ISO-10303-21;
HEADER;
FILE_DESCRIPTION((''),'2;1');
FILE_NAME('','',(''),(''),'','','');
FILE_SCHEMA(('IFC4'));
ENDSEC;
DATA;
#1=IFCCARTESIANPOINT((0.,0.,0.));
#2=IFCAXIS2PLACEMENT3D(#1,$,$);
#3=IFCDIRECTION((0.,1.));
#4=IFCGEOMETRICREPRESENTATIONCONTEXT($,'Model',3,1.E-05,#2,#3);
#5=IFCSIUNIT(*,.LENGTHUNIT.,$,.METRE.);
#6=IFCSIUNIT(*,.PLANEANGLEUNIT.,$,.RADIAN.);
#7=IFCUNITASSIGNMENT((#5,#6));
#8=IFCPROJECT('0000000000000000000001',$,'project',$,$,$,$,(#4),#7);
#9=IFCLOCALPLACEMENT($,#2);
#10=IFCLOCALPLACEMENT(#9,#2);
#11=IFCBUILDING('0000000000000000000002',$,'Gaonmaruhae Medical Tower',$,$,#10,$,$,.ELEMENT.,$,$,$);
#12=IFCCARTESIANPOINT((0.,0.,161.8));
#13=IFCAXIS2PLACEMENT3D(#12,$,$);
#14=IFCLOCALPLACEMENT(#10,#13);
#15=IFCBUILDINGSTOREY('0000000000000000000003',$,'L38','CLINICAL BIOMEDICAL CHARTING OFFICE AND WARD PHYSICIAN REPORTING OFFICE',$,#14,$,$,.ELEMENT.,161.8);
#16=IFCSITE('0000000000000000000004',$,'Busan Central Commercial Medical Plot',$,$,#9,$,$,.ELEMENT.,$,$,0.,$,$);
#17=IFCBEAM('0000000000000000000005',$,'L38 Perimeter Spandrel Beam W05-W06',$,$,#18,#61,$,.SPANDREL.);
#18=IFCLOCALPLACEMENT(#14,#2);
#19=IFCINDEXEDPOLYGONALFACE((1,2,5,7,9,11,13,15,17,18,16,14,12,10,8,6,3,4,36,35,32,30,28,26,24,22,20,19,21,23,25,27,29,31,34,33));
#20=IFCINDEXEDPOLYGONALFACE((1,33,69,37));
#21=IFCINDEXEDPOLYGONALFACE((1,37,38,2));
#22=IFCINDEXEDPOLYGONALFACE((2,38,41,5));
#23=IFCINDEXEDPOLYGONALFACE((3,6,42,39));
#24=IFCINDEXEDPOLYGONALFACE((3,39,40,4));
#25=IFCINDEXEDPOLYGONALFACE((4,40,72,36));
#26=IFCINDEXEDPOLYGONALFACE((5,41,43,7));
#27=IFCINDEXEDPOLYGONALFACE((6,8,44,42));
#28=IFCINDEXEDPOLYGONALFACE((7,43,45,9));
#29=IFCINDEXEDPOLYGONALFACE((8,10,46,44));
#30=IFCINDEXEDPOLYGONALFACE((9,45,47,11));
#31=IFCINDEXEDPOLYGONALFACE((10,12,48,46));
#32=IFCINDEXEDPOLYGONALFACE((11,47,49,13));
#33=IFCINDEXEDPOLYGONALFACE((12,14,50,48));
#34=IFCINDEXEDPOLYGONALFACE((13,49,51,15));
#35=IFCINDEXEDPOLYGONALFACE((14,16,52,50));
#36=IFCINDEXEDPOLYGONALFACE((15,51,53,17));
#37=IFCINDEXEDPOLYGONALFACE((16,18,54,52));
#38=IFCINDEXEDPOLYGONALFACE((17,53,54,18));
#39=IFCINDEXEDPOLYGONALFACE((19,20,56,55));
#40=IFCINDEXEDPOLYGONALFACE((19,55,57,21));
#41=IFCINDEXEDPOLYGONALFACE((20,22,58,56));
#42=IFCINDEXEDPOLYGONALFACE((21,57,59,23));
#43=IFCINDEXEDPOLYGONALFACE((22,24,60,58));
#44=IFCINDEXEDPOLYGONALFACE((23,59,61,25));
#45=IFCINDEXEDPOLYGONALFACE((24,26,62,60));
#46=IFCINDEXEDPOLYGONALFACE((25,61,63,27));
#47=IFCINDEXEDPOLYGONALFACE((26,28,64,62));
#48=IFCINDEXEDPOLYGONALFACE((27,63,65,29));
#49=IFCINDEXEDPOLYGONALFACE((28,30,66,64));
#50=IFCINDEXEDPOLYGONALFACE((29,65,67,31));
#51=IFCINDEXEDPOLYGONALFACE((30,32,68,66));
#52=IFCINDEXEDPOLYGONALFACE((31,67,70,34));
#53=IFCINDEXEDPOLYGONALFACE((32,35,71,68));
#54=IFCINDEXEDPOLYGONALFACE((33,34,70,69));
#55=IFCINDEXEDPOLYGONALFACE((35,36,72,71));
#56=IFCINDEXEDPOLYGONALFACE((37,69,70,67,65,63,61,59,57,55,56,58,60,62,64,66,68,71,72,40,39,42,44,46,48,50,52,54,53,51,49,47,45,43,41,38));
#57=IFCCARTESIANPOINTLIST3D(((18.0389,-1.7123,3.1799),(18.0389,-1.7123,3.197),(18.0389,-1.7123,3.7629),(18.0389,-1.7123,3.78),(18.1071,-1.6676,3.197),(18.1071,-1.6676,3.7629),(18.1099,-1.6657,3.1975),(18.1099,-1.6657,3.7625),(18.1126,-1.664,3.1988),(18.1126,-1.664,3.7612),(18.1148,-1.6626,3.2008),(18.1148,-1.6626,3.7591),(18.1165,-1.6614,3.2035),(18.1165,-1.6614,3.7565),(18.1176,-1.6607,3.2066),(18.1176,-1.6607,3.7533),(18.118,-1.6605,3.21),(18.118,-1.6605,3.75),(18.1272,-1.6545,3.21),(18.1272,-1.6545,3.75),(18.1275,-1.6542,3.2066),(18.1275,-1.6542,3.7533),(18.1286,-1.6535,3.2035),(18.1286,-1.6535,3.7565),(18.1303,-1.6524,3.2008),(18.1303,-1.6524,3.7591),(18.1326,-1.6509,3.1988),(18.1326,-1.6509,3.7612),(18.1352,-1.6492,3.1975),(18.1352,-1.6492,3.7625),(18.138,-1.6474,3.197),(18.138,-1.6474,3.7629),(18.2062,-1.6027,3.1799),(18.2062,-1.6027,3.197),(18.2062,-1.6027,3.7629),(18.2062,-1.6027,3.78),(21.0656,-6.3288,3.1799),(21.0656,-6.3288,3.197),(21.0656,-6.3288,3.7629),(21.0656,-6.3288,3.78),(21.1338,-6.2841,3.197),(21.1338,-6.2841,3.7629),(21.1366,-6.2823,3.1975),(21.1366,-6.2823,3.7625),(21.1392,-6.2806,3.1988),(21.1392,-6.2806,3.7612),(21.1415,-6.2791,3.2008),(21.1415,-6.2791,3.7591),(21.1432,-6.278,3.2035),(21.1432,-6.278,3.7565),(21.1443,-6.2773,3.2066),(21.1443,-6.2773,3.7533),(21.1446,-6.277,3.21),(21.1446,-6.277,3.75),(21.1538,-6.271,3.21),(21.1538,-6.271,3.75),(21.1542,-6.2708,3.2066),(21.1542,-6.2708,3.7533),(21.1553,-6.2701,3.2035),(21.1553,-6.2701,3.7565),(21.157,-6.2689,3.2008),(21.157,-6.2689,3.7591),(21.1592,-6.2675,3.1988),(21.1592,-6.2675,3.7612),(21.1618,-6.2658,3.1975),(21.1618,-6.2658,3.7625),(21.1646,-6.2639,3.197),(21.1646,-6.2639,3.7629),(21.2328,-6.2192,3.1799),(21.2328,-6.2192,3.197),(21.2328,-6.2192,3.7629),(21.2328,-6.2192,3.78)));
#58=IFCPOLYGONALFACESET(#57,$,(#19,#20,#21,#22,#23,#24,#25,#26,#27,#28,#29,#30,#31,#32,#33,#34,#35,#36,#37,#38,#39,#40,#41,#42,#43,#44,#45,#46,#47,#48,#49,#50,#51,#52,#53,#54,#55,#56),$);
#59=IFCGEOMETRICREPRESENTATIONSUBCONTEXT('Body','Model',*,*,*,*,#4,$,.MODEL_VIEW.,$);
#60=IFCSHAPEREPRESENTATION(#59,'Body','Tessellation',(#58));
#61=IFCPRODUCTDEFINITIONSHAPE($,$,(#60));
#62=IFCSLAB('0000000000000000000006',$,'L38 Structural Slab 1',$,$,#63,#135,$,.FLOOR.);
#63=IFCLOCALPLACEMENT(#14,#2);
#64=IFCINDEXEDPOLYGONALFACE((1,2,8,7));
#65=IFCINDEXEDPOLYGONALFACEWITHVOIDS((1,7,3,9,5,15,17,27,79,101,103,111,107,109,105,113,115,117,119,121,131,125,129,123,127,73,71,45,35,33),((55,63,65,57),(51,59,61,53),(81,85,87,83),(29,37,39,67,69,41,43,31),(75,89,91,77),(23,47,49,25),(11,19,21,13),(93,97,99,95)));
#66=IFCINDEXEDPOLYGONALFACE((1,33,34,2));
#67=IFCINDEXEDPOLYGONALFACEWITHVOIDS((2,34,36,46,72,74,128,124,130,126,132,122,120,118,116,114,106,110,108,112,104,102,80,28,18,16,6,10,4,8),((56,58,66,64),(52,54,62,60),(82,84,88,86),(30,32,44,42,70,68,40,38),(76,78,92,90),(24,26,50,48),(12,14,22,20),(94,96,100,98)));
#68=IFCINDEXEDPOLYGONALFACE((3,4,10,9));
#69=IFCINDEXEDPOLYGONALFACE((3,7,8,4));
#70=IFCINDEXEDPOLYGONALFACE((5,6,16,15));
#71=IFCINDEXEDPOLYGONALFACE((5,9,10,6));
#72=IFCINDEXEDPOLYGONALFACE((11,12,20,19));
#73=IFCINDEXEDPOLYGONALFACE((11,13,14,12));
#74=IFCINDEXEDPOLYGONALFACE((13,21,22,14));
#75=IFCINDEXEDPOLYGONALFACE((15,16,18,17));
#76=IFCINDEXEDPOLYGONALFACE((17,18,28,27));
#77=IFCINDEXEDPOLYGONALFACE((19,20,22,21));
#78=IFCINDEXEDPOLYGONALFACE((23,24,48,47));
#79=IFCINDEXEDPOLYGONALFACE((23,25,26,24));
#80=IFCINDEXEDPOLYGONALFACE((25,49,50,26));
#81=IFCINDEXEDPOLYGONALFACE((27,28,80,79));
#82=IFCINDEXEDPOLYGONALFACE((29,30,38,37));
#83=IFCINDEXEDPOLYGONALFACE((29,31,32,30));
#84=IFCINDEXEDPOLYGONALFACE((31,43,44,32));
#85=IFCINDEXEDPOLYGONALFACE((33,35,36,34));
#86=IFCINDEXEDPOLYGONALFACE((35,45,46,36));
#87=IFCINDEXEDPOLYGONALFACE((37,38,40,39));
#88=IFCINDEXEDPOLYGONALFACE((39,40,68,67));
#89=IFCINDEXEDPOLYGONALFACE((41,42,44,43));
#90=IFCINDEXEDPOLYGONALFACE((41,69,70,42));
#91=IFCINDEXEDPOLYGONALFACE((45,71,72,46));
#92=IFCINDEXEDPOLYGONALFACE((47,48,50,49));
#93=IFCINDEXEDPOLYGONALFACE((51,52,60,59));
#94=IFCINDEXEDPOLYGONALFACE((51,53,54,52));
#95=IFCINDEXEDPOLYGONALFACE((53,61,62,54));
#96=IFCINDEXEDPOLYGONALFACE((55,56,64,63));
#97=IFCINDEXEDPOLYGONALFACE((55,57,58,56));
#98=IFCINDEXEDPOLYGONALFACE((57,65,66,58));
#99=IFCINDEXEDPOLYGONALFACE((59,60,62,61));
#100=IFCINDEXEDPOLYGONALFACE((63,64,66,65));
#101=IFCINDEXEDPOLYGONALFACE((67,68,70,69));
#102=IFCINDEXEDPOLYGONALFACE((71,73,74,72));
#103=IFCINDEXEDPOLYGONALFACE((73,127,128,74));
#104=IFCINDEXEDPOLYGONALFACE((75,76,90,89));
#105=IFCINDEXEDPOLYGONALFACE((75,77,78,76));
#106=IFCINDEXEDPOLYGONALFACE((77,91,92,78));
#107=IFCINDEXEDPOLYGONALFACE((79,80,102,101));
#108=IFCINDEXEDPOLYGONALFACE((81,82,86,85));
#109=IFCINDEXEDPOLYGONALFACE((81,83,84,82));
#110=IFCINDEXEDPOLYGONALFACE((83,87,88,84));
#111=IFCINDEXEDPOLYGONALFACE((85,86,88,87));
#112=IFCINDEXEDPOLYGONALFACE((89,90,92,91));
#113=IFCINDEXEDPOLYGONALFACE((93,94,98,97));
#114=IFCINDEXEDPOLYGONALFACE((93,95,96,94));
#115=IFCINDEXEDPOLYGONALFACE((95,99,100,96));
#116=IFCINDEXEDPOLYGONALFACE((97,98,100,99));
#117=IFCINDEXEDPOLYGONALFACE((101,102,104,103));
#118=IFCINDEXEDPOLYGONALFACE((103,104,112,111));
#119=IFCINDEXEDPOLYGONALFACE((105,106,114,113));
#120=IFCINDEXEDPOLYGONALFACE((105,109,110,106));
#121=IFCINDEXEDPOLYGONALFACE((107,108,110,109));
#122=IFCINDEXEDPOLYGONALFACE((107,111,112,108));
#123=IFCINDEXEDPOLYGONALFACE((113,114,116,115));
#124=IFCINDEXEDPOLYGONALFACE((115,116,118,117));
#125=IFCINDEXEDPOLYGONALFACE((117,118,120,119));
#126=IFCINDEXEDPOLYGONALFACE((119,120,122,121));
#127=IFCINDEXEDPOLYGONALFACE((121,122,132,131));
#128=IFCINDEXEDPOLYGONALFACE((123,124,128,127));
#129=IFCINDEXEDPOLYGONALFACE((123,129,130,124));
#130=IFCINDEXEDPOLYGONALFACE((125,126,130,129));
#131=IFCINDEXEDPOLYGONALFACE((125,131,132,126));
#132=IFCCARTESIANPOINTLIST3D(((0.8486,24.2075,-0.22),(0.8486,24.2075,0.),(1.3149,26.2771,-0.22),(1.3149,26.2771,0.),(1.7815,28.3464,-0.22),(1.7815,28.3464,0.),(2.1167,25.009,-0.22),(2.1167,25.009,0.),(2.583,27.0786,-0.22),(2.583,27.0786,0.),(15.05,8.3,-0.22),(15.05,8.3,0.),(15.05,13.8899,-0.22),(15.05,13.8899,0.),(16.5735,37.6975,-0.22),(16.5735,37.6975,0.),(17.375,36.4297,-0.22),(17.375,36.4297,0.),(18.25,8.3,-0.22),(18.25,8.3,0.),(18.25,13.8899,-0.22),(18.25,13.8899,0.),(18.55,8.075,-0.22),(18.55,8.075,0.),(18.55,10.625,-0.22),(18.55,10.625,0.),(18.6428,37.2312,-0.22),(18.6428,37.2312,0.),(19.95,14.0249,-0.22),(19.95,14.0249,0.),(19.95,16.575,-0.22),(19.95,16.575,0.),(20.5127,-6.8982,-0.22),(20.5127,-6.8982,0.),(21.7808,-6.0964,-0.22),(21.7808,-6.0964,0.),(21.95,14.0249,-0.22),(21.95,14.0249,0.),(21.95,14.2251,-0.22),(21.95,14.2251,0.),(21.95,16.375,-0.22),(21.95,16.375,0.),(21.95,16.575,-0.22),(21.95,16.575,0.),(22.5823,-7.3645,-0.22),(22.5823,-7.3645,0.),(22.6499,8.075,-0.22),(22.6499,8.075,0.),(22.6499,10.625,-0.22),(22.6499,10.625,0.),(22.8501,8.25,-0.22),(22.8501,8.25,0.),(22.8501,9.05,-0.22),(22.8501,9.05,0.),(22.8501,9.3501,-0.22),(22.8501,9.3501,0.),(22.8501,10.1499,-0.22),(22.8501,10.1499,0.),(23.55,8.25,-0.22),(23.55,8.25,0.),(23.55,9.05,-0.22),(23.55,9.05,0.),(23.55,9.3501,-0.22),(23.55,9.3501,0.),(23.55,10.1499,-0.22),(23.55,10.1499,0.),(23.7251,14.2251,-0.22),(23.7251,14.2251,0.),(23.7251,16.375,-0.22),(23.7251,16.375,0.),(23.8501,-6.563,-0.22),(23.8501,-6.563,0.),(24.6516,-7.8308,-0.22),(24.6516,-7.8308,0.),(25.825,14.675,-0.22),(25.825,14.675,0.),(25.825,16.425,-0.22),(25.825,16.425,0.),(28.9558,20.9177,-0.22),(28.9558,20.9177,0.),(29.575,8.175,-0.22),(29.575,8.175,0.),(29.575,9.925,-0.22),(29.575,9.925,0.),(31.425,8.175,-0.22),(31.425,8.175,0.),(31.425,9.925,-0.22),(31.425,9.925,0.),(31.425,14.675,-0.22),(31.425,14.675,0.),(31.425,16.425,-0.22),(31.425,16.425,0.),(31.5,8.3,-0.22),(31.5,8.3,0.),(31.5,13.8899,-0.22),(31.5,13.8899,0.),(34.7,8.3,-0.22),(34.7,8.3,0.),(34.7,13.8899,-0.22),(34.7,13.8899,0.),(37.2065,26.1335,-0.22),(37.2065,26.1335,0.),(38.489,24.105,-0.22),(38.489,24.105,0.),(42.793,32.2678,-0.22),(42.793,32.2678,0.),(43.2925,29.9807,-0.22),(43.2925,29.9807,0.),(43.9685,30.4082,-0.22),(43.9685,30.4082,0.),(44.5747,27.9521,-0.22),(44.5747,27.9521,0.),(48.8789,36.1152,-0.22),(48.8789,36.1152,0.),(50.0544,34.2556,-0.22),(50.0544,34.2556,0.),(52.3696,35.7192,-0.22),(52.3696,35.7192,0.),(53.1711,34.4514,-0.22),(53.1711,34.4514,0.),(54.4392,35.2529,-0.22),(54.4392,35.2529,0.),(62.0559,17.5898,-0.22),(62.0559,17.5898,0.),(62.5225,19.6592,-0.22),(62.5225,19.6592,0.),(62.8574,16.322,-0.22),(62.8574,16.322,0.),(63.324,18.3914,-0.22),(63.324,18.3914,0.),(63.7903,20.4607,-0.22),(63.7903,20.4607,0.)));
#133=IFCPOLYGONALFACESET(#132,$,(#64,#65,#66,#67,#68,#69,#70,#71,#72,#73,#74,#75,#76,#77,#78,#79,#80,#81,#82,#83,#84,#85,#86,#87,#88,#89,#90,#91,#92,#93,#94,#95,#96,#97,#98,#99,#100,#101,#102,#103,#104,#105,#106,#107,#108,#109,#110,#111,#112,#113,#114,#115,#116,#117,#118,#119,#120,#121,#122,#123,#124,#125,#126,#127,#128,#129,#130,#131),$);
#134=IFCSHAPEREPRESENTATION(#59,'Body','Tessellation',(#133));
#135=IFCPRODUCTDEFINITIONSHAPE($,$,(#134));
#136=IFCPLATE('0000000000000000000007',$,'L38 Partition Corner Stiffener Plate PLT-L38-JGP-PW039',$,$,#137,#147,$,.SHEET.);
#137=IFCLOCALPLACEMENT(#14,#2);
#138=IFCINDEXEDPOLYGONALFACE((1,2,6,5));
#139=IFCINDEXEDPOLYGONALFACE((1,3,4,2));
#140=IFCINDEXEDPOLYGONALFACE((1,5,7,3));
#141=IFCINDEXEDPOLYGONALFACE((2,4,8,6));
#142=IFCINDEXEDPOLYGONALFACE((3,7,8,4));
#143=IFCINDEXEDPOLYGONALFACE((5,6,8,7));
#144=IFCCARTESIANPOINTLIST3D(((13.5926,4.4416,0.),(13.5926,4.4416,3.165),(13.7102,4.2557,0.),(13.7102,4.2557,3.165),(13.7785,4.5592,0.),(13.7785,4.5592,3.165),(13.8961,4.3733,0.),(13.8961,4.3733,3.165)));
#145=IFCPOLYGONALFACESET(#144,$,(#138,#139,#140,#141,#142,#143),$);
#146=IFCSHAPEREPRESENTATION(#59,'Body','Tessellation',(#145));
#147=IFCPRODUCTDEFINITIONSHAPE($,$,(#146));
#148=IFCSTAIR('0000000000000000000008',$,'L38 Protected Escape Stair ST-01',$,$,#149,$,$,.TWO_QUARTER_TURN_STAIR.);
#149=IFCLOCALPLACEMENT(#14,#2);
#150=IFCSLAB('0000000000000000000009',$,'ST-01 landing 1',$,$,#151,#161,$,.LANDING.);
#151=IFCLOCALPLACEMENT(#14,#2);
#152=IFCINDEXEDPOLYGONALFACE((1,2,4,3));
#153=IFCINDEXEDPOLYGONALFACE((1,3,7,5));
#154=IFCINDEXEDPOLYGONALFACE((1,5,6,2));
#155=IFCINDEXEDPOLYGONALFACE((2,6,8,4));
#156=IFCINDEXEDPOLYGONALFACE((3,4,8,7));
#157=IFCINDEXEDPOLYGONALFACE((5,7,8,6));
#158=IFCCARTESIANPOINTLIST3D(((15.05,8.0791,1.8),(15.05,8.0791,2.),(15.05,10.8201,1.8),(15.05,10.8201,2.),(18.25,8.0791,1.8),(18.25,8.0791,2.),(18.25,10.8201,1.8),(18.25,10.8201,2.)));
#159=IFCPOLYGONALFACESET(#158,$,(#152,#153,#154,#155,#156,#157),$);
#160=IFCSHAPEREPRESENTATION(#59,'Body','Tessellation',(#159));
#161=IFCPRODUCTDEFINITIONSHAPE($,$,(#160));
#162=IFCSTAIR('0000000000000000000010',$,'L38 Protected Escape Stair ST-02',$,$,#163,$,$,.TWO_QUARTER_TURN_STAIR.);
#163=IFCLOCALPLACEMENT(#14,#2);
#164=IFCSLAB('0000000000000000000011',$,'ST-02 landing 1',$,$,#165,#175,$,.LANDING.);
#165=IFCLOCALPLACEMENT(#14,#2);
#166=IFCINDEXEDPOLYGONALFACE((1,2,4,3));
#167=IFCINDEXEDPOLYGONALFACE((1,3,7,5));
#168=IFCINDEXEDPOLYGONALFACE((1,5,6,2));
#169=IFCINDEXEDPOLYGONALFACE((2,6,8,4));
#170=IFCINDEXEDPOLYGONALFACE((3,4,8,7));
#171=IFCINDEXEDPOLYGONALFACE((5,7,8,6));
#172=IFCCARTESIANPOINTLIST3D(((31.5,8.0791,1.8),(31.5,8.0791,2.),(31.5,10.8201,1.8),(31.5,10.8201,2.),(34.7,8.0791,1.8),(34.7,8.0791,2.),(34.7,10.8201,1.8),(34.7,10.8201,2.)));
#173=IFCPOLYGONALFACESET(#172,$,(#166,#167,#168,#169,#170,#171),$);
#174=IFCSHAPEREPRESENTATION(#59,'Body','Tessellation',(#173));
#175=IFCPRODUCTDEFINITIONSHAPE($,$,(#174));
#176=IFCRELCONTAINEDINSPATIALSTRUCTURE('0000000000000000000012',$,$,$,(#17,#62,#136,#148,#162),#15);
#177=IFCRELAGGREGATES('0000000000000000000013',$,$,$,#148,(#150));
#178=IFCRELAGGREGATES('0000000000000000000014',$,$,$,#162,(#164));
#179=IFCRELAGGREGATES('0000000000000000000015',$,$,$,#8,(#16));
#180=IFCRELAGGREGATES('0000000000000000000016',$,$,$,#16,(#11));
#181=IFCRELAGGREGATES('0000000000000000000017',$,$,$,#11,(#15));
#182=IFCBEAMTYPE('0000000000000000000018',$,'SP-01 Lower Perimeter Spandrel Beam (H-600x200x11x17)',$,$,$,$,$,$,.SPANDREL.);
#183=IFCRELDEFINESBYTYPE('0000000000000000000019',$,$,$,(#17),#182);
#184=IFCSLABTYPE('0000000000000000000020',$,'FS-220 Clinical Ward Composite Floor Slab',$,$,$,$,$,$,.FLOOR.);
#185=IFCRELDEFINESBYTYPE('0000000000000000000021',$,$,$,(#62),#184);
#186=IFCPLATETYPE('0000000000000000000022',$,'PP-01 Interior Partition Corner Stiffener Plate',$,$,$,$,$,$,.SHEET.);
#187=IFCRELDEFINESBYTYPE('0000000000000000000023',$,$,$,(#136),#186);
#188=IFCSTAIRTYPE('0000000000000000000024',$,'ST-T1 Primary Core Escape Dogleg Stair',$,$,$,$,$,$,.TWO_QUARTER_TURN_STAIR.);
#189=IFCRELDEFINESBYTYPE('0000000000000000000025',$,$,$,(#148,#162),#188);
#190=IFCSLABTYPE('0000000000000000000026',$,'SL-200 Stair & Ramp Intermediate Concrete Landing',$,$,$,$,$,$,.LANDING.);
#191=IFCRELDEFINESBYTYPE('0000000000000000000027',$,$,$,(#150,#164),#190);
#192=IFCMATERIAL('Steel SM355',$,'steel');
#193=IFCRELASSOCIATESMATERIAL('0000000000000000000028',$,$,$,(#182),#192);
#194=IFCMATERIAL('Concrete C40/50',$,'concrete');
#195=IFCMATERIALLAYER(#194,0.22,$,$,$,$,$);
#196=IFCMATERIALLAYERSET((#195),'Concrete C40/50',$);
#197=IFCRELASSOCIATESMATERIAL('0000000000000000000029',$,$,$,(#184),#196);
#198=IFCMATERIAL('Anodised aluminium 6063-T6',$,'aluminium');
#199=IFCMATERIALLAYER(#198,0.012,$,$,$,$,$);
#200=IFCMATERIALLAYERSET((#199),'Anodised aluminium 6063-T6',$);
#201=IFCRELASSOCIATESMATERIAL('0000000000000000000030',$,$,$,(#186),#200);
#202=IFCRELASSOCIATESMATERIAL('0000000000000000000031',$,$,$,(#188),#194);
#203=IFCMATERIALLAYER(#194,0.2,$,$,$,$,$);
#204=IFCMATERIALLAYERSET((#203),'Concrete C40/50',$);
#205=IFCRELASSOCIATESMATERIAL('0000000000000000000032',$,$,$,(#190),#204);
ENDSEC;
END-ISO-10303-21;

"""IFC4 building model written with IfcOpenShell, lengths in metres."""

from ifc_helpers import new_model, si_unit, direction, frame, origin, origin_2d, place, context, subcontext, project, spatial, polyline, rectangle, i_section, outline, extrude, material, layer, layer_set, material_profile, profile_set, type_object, element, aggregate, save


model = new_model("IFC4")

# Units and contexts
model_context = context("Model", 3, precision=1e-05, world=origin(), true_north=direction((0.0, 1.0)))
body_context = subcontext(model_context, "Body", "Model", "MODEL_VIEW")
ifc_project = project(units=[si_unit("LENGTHUNIT", "METRE"), si_unit("PLANEANGLEUNIT", "RADIAN")], contexts=[model_context])

# Site, building, storey
site_placement = place(None, origin())
site = spatial("IfcSite", under=ifc_project, at=site_placement, Name="Busan Central Commercial Medical Plot", CompositionType="ELEMENT", RefElevation=0.0)
building_placement = place(site_placement, origin())
building = spatial("IfcBuilding", under=site, at=building_placement, Name="Gaonmaruhae Medical Tower", CompositionType="ELEMENT")
storey_placement = place(building_placement, frame((0.0, 0.0, 161.8)))
storey = spatial("IfcBuildingStorey", under=building, at=storey_placement, Name="L38", Description="CLINICAL BIOMEDICAL CHARTING OFFICE AND WARD PHYSICIAN REPORTING OFFICE", CompositionType="ELEMENT", Elevation=161.8)

# Beam
ifc_material_1 = material(Name="Steel SM355", Category="steel")
ifc_material_profile_1 = material_profile(ifc_material_1, i_section(OverallWidth=0.2, OverallDepth=0.6001, WebThickness=0.011, FlangeThickness=0.0171, FilletRadius=0.0129, at=origin_2d()), Name="H-600x200x11x17")
ifc_profile_set_1 = profile_set([ifc_material_profile_1], Name="Steel SM355")
beam_type_1 = type_object("IfcBeamType", Name="SP-01 Lower Perimeter Spandrel Beam (H-600x200x11x17)", PredefinedType="SPANDREL", material=ifc_profile_set_1)
beam_1_placement = place(storey_placement, frame((18.1226, -1.6575, 3.48), z_axis=(0.548284, -0.836292, 0.0), x_axis=(0.836292, 0.548284, 0.0)))
element("IfcBeam", 1, at=beam_1_placement, inside=storey, type_object=beam_type_1, Name="L38 Perimeter Spandrel Beam W05-W06", PredefinedType="SPANDREL", context=body_context, shape_type="SweptSolid", body=[
    extrude(i_section(OverallWidth=0.2, OverallDepth=0.6001, WebThickness=0.011, FlangeThickness=0.0171, FilletRadius=0.0129, at=origin_2d()), origin(), (0.0, 0.0, 1.0), 5.5203),
])

# Slab
ifc_material_2 = material(Name="Concrete C40/50", Category="concrete")
ifc_layer_1 = layer(ifc_material_2, 0.22)
ifc_layer_set_1 = layer_set([ifc_layer_1], Name="Concrete C40/50")
slab_type_1 = type_object("IfcSlabType", Name="FS-220 Clinical Ward Composite Floor Slab", PredefinedType="FLOOR", material=ifc_layer_set_1)
slab_1_placement = place(storey_placement, frame((0.0, 0.0, -0.22)))
element("IfcSlab", 2, at=slab_1_placement, inside=storey, type_object=slab_type_1, Name="L38 Structural Slab 1", PredefinedType="FLOOR", context=body_context, shape_type="SweptSolid", body=[
    extrude(outline(polyline([(53.1711, 34.4514), (54.4392, 35.2529), (63.7903, 20.4607), (62.5225, 19.6592), (63.324, 18.3914), (62.0559, 17.5898), (62.8574, 16.322), (24.6516, -7.8308), (23.8501, -6.563), (22.5823, -7.3645), (21.7808, -6.0964), (20.5127, -6.8982), (0.8486, 24.2075), (2.1167, 25.009), (1.3149, 26.2771), (2.583, 27.0786), (1.7815, 28.3464), (16.5735, 37.6975), (17.375, 36.4297), (18.6428, 37.2312), (28.9558, 20.9177), (37.2065, 26.1335), (38.489, 24.105), (44.5747, 27.9521), (43.2925, 29.9807), (43.9685, 30.4082), (42.793, 32.2678), (48.8789, 36.1152), (50.0544, 34.2556), (52.3696, 35.7192), (53.1711, 34.4514)]), holes=[polyline([(23.55, 8.25), (22.8501, 8.25), (22.8501, 9.05), (23.55, 9.05), (23.55, 8.25)]), polyline([(31.425, 9.925), (31.425, 8.175), (29.575, 8.175), (29.575, 9.925), (31.425, 9.925)]), polyline([(22.6499, 10.625), (22.6499, 8.075), (18.55, 8.075), (18.55, 10.625), (22.6499, 10.625)]), polyline([(23.55, 9.3501), (22.8501, 9.3501), (22.8501, 10.1499), (23.55, 10.1499), (23.55, 9.3501)]), polyline([(15.05, 13.8899), (18.25, 13.8899), (18.25, 8.3), (15.05, 8.3), (15.05, 13.8899)]), polyline([(31.5, 13.8899), (34.7, 13.8899), (34.7, 8.3), (31.5, 8.3), (31.5, 13.8899)]), polyline([(21.95, 14.2251), (21.95, 14.0249), (19.95, 14.0249), (19.95, 16.575), (21.95, 16.575), (21.95, 16.375), (23.7251, 16.375), (23.7251, 14.2251), (21.95, 14.2251)]), polyline([(31.425, 16.425), (31.425, 14.675), (25.825, 14.675), (25.825, 16.425), (31.425, 16.425)])]), origin(), (0.0, 0.0, 1.0), 0.22),
])

# Plate
ifc_material_3 = material(Name="Anodised aluminium 6063-T6", Category="aluminium")
ifc_layer_2 = layer(ifc_material_3, 0.012)
ifc_layer_set_2 = layer_set([ifc_layer_2], Name="Anodised aluminium 6063-T6")
plate_type = type_object("IfcPlateType", Name="PP-01 Interior Partition Corner Stiffener Plate", PredefinedType="SHEET", material=ifc_layer_set_2)
plate_placement = place(storey_placement, frame((13.7444, 4.4075, 0.0), z_axis=(0.0, 0.0, 1.0), x_axis=(-0.534647, 0.845075, 0.0)))
element("IfcPlate", 3, at=plate_placement, inside=storey, type_object=plate_type, Name="L38 Partition Corner Stiffener Plate PLT-L38-JGP-PW039", PredefinedType="SHEET", context=body_context, shape_type="SweptSolid", body=[
    extrude(rectangle(XDim=0.22, YDim=0.22, at=origin_2d()), origin(), (0.0, 0.0, 1.0), 3.165),
])

# Stairs, slabs
stair_type = type_object("IfcStairType", Name="ST-T1 Primary Core Escape Dogleg Stair", PredefinedType="TWO_QUARTER_TURN_STAIR", material=ifc_material_2)
stair_1_placement = place(storey_placement, origin())
stair_1 = element("IfcStair", 4, at=stair_1_placement, inside=storey, type_object=stair_type, Name="L38 Protected Escape Stair ST-01", PredefinedType="TWO_QUARTER_TURN_STAIR")
ifc_layer_3 = layer(ifc_material_2, 0.2)
ifc_layer_set_3 = layer_set([ifc_layer_3], Name="Concrete C40/50")
slab_type_2 = type_object("IfcSlabType", Name="SL-200 Stair & Ramp Intermediate Concrete Landing", PredefinedType="LANDING", material=ifc_layer_set_3)
slab_2_placement = place(storey_placement, frame((0.0, 0.0, 1.8)))
slab_2 = element("IfcSlab", 5, at=slab_2_placement, type_object=slab_type_2, Name="ST-01 landing 1", PredefinedType="LANDING", context=body_context, shape_type="SweptSolid", body=[
    extrude(outline(polyline([(15.05, 10.8201), (15.05, 8.0791), (18.25, 8.0791), (18.25, 10.8201), (15.05, 10.8201)])), origin(), (0.0, 0.0, 1.0), 0.2),
])
aggregate(stair_1, [slab_2])
stair_2_placement = place(storey_placement, origin())
stair_2 = element("IfcStair", 6, at=stair_2_placement, inside=storey, type_object=stair_type, Name="L38 Protected Escape Stair ST-02", PredefinedType="TWO_QUARTER_TURN_STAIR")
slab_3_placement = place(storey_placement, frame((0.0, 0.0, 1.8)))
slab_3 = element("IfcSlab", 7, at=slab_3_placement, type_object=slab_type_2, Name="ST-02 landing 1", PredefinedType="LANDING", context=body_context, shape_type="SweptSolid", body=[
    extrude(outline(polyline([(31.5, 10.8201), (31.5, 8.0791), (34.7, 8.0791), (34.7, 10.8201), (31.5, 10.8201)])), origin(), (0.0, 0.0, 1.0), 0.2),
])
aggregate(stair_2, [slab_3])

save(model, "model.ifc")
